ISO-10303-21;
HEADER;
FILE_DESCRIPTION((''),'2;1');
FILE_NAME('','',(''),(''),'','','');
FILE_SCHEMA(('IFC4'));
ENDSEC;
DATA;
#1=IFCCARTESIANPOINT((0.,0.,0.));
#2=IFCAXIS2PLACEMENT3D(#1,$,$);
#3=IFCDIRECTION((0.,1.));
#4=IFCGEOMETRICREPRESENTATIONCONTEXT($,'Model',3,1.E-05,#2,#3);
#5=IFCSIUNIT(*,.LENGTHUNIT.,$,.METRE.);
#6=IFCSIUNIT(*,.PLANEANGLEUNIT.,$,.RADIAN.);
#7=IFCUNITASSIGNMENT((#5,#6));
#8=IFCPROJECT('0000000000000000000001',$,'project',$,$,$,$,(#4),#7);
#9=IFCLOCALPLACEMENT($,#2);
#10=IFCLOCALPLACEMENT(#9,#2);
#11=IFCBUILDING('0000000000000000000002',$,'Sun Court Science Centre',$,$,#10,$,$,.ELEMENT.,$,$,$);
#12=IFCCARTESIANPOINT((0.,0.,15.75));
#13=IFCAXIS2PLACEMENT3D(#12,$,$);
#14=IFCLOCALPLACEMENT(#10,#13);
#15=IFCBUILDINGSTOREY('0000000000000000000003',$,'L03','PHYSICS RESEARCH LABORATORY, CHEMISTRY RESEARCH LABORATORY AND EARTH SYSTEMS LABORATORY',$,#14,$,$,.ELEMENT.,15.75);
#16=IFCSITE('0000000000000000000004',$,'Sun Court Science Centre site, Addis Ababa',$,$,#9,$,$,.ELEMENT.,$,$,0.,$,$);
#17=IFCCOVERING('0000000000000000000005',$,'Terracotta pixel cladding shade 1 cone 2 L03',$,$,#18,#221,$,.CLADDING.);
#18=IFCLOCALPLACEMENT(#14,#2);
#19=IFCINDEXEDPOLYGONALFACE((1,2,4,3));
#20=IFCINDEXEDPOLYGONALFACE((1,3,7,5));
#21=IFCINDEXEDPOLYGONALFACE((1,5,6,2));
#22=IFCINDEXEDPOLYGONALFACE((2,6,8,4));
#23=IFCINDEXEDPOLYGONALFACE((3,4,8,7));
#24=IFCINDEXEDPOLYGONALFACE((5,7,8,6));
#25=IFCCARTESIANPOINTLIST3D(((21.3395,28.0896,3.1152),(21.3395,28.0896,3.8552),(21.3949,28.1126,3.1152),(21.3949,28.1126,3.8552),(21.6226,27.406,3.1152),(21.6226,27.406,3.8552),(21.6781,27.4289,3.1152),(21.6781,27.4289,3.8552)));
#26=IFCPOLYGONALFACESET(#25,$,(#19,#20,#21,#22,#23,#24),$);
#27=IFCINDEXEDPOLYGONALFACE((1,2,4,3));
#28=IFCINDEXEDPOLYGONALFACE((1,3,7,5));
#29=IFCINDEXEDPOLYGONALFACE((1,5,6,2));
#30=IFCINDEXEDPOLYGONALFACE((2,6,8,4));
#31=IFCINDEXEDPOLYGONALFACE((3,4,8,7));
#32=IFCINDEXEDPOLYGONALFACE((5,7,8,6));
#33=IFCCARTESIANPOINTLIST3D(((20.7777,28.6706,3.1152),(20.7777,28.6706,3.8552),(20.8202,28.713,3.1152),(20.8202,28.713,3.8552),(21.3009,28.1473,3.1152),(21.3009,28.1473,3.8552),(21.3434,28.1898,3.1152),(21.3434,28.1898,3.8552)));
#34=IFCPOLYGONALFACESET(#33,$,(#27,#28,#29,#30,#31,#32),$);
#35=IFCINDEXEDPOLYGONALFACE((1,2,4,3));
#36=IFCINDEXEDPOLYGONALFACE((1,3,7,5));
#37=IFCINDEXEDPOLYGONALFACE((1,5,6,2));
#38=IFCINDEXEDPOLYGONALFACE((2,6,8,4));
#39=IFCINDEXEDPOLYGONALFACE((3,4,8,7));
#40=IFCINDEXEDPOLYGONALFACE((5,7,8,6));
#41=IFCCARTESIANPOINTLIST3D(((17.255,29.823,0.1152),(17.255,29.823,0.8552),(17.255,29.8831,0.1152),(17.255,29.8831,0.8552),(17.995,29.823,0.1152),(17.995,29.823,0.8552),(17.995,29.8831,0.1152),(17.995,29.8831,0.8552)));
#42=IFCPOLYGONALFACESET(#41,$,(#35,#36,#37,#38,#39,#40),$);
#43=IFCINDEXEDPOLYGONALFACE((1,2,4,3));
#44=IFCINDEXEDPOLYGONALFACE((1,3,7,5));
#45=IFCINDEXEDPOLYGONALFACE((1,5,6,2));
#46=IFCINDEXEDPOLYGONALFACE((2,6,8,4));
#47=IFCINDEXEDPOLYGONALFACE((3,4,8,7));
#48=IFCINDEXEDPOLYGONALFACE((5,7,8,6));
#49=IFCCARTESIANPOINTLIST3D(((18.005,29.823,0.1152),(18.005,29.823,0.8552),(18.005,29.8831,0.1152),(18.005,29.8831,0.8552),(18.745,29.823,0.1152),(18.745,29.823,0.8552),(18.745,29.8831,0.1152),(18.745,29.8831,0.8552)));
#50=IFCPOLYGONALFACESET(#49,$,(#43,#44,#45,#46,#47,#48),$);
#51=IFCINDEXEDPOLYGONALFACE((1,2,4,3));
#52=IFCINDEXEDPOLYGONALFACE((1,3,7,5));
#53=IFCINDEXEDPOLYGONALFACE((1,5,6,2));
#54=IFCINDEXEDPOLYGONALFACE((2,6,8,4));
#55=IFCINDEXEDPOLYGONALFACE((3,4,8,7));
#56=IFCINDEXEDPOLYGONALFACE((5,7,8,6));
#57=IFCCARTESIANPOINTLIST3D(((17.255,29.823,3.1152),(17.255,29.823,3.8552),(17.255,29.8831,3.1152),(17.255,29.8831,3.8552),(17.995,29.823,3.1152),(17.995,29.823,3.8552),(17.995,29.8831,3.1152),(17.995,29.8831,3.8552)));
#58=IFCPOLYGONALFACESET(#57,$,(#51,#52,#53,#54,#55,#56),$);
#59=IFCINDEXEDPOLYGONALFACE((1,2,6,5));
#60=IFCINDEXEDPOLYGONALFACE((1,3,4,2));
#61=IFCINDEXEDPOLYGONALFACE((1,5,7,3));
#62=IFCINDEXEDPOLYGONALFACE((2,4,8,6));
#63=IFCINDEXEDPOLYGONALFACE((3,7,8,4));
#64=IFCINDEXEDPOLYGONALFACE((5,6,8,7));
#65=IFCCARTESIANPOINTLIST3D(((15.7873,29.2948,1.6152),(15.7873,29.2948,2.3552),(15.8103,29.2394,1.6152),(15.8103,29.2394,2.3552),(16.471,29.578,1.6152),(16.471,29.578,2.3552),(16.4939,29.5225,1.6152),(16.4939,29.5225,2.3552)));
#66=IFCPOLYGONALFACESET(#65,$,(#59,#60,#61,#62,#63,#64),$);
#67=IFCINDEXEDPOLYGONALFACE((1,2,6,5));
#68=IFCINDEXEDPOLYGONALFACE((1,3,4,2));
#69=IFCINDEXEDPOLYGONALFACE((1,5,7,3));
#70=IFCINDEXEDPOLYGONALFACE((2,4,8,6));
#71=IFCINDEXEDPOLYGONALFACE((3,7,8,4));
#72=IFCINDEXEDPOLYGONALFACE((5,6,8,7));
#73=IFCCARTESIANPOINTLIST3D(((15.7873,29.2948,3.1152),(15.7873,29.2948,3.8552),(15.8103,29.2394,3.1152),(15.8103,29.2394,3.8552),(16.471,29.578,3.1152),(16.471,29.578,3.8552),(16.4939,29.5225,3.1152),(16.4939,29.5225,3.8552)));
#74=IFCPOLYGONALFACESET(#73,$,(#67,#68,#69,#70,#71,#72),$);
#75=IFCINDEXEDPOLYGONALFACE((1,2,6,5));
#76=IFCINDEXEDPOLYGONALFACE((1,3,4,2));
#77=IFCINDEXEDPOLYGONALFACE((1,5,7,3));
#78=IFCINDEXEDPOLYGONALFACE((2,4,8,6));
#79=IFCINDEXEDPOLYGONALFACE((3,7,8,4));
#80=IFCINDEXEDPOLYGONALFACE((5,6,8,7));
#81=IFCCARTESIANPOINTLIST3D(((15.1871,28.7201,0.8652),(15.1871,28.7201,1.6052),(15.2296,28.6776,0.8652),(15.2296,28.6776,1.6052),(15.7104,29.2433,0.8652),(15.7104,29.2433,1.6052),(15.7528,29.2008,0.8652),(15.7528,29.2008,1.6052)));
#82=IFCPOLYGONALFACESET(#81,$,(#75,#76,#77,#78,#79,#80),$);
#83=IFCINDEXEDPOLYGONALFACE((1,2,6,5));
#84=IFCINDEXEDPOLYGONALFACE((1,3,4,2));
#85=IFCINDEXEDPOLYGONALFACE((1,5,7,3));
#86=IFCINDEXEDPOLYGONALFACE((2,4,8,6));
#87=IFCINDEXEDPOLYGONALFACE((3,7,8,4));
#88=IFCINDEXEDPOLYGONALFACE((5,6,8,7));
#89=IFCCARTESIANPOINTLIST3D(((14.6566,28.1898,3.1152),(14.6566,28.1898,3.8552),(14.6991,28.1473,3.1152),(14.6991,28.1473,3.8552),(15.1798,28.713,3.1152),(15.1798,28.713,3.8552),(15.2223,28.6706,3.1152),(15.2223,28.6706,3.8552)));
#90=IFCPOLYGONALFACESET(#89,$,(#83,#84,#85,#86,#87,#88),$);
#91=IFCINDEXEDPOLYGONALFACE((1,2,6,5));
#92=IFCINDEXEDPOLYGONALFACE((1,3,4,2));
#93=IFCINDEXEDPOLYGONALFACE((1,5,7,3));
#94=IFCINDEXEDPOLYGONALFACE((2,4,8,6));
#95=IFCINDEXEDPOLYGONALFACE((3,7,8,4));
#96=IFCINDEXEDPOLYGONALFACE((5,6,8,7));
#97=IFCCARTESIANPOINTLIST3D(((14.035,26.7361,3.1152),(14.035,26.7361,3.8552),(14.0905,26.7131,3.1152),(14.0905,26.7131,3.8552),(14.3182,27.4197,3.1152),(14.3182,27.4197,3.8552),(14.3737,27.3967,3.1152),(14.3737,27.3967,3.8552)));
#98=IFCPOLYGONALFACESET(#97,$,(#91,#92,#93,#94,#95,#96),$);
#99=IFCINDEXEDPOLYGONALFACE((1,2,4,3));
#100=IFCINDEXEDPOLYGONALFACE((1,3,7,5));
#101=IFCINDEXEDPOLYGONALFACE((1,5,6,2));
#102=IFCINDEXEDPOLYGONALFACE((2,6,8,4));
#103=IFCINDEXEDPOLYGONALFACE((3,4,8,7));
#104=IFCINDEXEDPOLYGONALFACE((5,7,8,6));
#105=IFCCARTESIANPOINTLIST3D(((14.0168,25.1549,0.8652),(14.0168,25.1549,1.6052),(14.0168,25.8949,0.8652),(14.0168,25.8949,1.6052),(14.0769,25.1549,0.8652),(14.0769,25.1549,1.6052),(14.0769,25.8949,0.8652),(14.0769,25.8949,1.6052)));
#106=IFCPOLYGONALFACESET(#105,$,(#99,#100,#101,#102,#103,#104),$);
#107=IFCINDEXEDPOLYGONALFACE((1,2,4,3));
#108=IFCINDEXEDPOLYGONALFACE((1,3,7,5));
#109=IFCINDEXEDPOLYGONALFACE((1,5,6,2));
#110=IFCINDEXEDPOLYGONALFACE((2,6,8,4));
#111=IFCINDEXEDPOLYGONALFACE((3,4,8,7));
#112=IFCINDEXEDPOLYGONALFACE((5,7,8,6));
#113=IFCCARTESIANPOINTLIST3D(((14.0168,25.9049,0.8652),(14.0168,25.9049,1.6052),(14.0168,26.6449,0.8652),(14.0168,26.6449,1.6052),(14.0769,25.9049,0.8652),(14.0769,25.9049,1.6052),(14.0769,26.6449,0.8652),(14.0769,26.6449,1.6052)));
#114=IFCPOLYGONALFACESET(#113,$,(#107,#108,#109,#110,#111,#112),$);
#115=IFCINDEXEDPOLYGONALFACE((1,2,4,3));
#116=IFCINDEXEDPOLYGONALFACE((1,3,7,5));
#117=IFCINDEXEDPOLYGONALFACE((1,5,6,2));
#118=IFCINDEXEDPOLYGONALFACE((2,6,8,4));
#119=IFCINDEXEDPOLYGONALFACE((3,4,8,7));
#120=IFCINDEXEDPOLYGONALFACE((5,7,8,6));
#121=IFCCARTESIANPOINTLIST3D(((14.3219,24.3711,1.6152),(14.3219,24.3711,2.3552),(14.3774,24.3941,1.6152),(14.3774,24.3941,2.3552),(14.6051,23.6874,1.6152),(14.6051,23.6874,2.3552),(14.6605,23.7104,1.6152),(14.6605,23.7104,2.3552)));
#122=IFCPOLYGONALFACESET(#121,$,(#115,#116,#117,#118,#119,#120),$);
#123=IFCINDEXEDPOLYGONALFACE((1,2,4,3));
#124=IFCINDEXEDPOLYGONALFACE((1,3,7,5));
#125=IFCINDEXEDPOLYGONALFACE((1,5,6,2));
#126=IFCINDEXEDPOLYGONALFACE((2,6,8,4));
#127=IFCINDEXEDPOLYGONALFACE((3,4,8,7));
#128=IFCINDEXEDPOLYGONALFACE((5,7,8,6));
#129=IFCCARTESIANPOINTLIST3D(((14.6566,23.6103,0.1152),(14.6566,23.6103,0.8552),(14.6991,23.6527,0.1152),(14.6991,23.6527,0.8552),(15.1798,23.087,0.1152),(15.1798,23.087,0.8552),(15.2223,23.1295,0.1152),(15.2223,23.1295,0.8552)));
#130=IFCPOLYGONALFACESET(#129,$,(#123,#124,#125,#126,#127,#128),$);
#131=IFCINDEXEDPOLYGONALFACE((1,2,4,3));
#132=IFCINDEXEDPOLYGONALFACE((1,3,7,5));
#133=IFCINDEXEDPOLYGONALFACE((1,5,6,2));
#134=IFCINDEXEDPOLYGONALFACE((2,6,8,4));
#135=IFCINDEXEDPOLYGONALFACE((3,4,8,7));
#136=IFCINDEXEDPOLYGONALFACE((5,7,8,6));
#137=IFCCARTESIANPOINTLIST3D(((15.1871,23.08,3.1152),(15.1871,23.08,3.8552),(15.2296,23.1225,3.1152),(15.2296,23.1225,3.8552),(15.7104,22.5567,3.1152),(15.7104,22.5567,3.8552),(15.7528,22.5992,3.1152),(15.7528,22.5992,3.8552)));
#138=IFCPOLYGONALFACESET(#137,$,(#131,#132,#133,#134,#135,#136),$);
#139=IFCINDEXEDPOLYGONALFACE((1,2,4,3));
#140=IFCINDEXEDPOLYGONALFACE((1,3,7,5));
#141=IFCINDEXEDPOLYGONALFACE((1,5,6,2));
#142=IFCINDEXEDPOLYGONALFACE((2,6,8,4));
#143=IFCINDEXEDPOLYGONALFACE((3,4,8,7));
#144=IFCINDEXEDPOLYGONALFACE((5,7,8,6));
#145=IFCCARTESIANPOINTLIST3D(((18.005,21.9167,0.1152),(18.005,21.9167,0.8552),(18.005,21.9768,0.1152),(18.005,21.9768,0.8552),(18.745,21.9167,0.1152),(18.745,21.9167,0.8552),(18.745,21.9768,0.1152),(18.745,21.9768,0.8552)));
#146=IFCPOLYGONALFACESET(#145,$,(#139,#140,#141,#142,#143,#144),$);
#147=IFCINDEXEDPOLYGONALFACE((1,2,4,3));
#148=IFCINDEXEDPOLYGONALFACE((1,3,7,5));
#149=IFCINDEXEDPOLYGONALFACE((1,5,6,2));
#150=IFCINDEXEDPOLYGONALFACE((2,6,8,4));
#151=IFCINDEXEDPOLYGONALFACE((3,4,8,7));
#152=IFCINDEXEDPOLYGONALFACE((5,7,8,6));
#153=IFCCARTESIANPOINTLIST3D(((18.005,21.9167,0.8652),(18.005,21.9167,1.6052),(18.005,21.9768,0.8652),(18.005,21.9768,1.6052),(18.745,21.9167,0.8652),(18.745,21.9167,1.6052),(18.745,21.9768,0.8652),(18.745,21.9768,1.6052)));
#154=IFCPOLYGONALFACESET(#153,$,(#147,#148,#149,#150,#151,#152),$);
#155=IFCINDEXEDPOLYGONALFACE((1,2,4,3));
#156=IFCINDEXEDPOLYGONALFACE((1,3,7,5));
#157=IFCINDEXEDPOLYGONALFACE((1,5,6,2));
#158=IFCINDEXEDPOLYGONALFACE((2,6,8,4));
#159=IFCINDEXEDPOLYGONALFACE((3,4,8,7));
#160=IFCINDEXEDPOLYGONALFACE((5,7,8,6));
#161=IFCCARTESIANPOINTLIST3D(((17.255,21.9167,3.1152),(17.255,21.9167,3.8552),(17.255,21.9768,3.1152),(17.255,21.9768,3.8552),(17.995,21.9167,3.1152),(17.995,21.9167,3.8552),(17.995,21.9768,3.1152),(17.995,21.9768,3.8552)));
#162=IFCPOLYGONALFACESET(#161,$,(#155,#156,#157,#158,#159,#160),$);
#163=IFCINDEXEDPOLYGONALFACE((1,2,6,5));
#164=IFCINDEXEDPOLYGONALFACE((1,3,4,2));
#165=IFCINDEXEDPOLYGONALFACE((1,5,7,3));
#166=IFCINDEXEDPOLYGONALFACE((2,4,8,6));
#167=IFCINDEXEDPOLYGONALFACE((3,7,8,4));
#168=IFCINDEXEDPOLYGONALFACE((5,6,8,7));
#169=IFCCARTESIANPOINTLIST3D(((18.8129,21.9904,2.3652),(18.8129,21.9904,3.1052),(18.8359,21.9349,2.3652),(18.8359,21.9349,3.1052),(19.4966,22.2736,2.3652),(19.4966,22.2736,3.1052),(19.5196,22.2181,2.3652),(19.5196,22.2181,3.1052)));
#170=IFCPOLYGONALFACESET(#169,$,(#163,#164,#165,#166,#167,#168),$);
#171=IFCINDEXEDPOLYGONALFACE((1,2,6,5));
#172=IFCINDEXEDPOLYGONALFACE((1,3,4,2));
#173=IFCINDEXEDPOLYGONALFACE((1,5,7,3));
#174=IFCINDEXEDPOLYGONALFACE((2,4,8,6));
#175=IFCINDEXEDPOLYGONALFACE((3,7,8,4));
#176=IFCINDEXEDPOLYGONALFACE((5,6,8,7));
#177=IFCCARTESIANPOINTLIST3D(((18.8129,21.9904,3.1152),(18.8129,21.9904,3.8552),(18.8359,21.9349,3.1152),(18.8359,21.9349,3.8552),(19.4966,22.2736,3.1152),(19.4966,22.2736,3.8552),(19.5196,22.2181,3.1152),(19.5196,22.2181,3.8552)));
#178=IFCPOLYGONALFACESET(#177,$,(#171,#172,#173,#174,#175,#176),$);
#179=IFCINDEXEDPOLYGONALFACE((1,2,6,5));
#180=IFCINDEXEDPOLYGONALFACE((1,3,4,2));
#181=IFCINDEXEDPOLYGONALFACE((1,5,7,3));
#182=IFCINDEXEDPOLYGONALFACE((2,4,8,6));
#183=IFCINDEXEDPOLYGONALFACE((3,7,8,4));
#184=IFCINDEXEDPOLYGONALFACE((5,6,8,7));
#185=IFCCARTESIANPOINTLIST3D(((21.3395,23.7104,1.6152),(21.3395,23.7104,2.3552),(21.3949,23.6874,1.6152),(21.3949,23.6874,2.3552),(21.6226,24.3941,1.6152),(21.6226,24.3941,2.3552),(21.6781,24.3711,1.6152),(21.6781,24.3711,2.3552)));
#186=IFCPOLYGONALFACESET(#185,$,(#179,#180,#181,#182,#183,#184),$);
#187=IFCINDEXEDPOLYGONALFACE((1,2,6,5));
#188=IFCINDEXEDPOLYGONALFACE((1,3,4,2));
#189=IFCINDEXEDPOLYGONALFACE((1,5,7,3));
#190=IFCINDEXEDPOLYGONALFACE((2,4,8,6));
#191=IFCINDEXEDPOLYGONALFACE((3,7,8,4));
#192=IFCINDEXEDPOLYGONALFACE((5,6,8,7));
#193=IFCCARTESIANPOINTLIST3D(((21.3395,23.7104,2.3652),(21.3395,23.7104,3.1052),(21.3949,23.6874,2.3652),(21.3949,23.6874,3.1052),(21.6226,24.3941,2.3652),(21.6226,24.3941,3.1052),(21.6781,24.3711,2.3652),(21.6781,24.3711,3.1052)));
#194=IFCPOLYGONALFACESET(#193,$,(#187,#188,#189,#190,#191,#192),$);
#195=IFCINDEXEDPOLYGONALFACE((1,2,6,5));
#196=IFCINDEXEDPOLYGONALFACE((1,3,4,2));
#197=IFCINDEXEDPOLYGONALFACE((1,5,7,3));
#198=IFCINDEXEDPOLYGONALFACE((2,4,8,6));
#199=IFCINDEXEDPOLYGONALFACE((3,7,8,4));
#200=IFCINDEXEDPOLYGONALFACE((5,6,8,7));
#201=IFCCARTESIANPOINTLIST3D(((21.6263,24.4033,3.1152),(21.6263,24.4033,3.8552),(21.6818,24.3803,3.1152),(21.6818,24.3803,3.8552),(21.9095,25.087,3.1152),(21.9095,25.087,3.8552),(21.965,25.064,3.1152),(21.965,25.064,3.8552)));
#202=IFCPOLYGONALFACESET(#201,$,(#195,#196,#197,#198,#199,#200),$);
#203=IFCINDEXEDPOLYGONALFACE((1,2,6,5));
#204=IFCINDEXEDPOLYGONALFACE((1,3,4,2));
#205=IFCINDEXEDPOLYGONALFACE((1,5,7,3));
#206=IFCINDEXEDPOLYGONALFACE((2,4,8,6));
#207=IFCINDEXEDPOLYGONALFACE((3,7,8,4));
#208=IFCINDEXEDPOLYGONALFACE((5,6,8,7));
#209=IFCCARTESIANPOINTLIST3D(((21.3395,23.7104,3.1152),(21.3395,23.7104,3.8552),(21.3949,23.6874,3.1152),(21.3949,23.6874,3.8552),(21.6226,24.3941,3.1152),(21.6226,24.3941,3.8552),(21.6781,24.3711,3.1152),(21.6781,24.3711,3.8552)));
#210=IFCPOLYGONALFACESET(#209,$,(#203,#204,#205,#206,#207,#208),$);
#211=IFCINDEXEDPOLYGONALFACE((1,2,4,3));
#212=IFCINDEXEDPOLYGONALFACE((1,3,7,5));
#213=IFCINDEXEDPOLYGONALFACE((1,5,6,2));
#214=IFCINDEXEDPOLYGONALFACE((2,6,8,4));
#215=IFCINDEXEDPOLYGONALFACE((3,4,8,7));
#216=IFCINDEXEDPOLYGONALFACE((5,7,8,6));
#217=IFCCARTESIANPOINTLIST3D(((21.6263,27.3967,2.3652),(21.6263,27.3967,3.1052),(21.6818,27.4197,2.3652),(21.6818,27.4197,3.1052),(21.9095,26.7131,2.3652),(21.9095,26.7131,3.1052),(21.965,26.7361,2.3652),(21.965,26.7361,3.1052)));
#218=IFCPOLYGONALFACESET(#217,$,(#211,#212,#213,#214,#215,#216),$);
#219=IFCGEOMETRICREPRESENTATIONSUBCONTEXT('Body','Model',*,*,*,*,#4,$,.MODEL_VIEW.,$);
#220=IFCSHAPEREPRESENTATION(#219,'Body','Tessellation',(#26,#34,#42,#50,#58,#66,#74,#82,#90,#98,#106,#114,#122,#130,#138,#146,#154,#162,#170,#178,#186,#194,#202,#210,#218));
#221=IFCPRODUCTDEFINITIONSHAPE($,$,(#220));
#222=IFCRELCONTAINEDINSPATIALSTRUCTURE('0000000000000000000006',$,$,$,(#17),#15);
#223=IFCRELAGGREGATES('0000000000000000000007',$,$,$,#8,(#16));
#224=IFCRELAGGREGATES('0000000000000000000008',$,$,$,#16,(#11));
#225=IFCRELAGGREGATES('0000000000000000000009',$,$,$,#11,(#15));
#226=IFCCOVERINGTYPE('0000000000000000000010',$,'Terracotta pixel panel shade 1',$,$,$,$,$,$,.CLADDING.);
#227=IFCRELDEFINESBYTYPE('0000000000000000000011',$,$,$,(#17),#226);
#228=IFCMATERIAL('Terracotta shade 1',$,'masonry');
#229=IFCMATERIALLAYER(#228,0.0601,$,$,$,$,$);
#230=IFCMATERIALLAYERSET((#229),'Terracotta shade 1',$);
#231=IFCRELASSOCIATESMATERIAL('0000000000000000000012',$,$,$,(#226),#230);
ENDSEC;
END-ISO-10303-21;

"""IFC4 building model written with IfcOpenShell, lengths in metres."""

from ifc_helpers import new_model, si_unit, direction, frame, origin, origin_2d, place, context, subcontext, project, spatial, rectangle, extrude, material, layer, layer_set, type_object, element, save


model = new_model("IFC4")

# Units and contexts
model_context = context("Model", 3, precision=1e-05, world=origin(), true_north=direction((0.0, 1.0)))
body_context = subcontext(model_context, "Body", "Model", "MODEL_VIEW")
ifc_project = project(units=[si_unit("LENGTHUNIT", "METRE"), si_unit("PLANEANGLEUNIT", "RADIAN")], contexts=[model_context])

# Site, building, storey
site_placement = place(None, origin())
site = spatial("IfcSite", under=ifc_project, at=site_placement, Name="Sun Court Science Centre site, Addis Ababa", CompositionType="ELEMENT", RefElevation=0.0)
building_placement = place(site_placement, origin())
building = spatial("IfcBuilding", under=site, at=building_placement, Name="Sun Court Science Centre", CompositionType="ELEMENT")
storey_placement = place(building_placement, frame((0.0, 0.0, 15.75)))
storey = spatial("IfcBuildingStorey", under=building, at=storey_placement, Name="L03", Description="PHYSICS RESEARCH LABORATORY, CHEMISTRY RESEARCH LABORATORY AND EARTH SYSTEMS LABORATORY", CompositionType="ELEMENT", Elevation=15.75)

# Covering
ifc_material_1 = material(Name="Terracotta shade 1", Category="masonry")
ifc_layer_1 = layer(ifc_material_1, 0.0601)
ifc_layer_set_1 = layer_set([ifc_layer_1], Name="Terracotta shade 1")
covering_type_1 = type_object("IfcCoveringType", Name="Terracotta pixel panel shade 1", PredefinedType="CLADDING", material=ifc_layer_set_1)
covering_1_placement = place(storey_placement, frame((0.0, 0.0, -15.75)))
element("IfcCovering", 1, at=covering_1_placement, inside=storey, type_object=covering_type_1, Name="Terracotta pixel cladding shade 1 cone 2 L03", PredefinedType="CLADDING", context=body_context, shape_type="SweptSolid", body=[
    extrude(rectangle(XDim=0.74, YDim=0.0601, at=origin_2d()), frame((21.5088, 27.7593, 18.8652), z_axis=(0.0, 0.0, 1.0), x_axis=(0.382683, -0.92388, 0.0)), (0.0, 0.0, 1.0), 0.74),
    extrude(rectangle(XDim=0.74, YDim=0.0601, at=origin_2d()), frame((21.0605, 28.4302, 18.8652), z_axis=(0.0, 0.0, 1.0), x_axis=(0.707107, -0.707107, 0.0)), (0.0, 0.0, 1.0), 0.74),
    extrude(rectangle(XDim=0.74, YDim=0.0601, at=origin_2d()), frame((17.625, 29.853, 15.8652), z_axis=(0.0, 0.0, 1.0), x_axis=(1.0, 0.0, 0.0)), (0.0, 0.0, 1.0), 0.74),
    extrude(rectangle(XDim=0.74, YDim=0.0601, at=origin_2d()), frame((18.375, 29.853, 15.8652), z_axis=(0.0, 0.0, 1.0), x_axis=(1.0, 0.0, 0.0)), (0.0, 0.0, 1.0), 0.74),
    extrude(rectangle(XDim=0.74, YDim=0.0601, at=origin_2d()), frame((17.625, 29.853, 18.8652), z_axis=(0.0, 0.0, 1.0), x_axis=(1.0, 0.0, 0.0)), (0.0, 0.0, 1.0), 0.74),
    extrude(rectangle(XDim=0.74, YDim=0.0601, at=origin_2d()), frame((16.1406, 29.4087, 17.3652), z_axis=(0.0, 0.0, 1.0), x_axis=(0.92388, 0.382683, 0.0)), (0.0, 0.0, 1.0), 0.74),
    extrude(rectangle(XDim=0.74, YDim=0.0601, at=origin_2d()), frame((16.1406, 29.4087, 18.8652), z_axis=(0.0, 0.0, 1.0), x_axis=(0.92388, 0.382683, 0.0)), (0.0, 0.0, 1.0), 0.74),
    extrude(rectangle(XDim=0.74, YDim=0.0601, at=origin_2d()), frame((15.47, 28.9604, 16.6152), z_axis=(0.0, 0.0, 1.0), x_axis=(0.707107, 0.707107, 0.0)), (0.0, 0.0, 1.0), 0.74),
    extrude(rectangle(XDim=0.74, YDim=0.0601, at=origin_2d()), frame((14.9395, 28.4302, 18.8652), z_axis=(0.0, 0.0, 1.0), x_axis=(0.707107, 0.707107, 0.0)), (0.0, 0.0, 1.0), 0.74),
    extrude(rectangle(XDim=0.74, YDim=0.0601, at=origin_2d()), frame((14.2043, 27.0664, 18.8652), z_axis=(0.0, 0.0, 1.0), x_axis=(0.382683, 0.92388, 0.0)), (0.0, 0.0, 1.0), 0.74),
    extrude(rectangle(XDim=0.74, YDim=0.0601, at=origin_2d()), frame((14.0469, 25.5249, 16.6152), z_axis=(0.0, 0.0, 1.0), x_axis=(0.0, 1.0, 0.0)), (0.0, 0.0, 1.0), 0.74),
    extrude(rectangle(XDim=0.74, YDim=0.0601, at=origin_2d()), frame((14.0469, 26.2749, 16.6152), z_axis=(0.0, 0.0, 1.0), x_axis=(0.0, 1.0, 0.0)), (0.0, 0.0, 1.0), 0.74),
    extrude(rectangle(XDim=0.74, YDim=0.0601, at=origin_2d()), frame((14.4912, 24.0408, 17.3652), z_axis=(0.0, 0.0, 1.0), x_axis=(-0.382683, 0.92388, 0.0)), (0.0, 0.0, 1.0), 0.74),
    extrude(rectangle(XDim=0.74, YDim=0.0601, at=origin_2d()), frame((14.9395, 23.3699, 15.8652), z_axis=(0.0, 0.0, 1.0), x_axis=(-0.707107, 0.707107, 0.0)), (0.0, 0.0, 1.0), 0.74),
    extrude(rectangle(XDim=0.74, YDim=0.0601, at=origin_2d()), frame((15.47, 22.8396, 18.8652), z_axis=(0.0, 0.0, 1.0), x_axis=(-0.707107, 0.707107, 0.0)), (0.0, 0.0, 1.0), 0.74),
    extrude(rectangle(XDim=0.74, YDim=0.0601, at=origin_2d()), frame((18.375, 21.9468, 15.8652), z_axis=(0.0, 0.0, 1.0), x_axis=(-1.0, 0.0, 0.0)), (0.0, 0.0, 1.0), 0.74),
    extrude(rectangle(XDim=0.74, YDim=0.0601, at=origin_2d()), frame((18.375, 21.9468, 16.6152), z_axis=(0.0, 0.0, 1.0), x_axis=(-1.0, 0.0, 0.0)), (0.0, 0.0, 1.0), 0.74),
    extrude(rectangle(XDim=0.74, YDim=0.0601, at=origin_2d()), frame((17.625, 21.9468, 18.8652), z_axis=(0.0, 0.0, 1.0), x_axis=(-1.0, 0.0, 0.0)), (0.0, 0.0, 1.0), 0.74),
    extrude(rectangle(XDim=0.74, YDim=0.0601, at=origin_2d()), frame((19.1663, 22.1042, 18.1152), z_axis=(0.0, 0.0, 1.0), x_axis=(-0.92388, -0.382683, 0.0)), (0.0, 0.0, 1.0), 0.74),
    extrude(rectangle(XDim=0.74, YDim=0.0601, at=origin_2d()), frame((19.1663, 22.1042, 18.8652), z_axis=(0.0, 0.0, 1.0), x_axis=(-0.92388, -0.382683, 0.0)), (0.0, 0.0, 1.0), 0.74),
    extrude(rectangle(XDim=0.74, YDim=0.0601, at=origin_2d()), frame((21.5088, 24.0408, 17.3652), z_axis=(0.0, 0.0, 1.0), x_axis=(-0.382683, -0.92388, 0.0)), (0.0, 0.0, 1.0), 0.74),
    extrude(rectangle(XDim=0.74, YDim=0.0601, at=origin_2d()), frame((21.5088, 24.0408, 18.1152), z_axis=(0.0, 0.0, 1.0), x_axis=(-0.382683, -0.92388, 0.0)), (0.0, 0.0, 1.0), 0.74),
    extrude(rectangle(XDim=0.74, YDim=0.0601, at=origin_2d()), frame((21.7957, 24.7336, 18.8652), z_axis=(0.0, 0.0, 1.0), x_axis=(-0.382683, -0.92388, 0.0)), (0.0, 0.0, 1.0), 0.74),
    extrude(rectangle(XDim=0.74, YDim=0.0601, at=origin_2d()), frame((21.5088, 24.0408, 18.8652), z_axis=(0.0, 0.0, 1.0), x_axis=(-0.382683, -0.92388, 0.0)), (0.0, 0.0, 1.0), 0.74),
    extrude(rectangle(XDim=0.74, YDim=0.0601, at=origin_2d()), frame((21.7957, 27.0664, 18.1152), z_axis=(0.0, 0.0, 1.0), x_axis=(0.382683, -0.92388, 0.0)), (0.0, 0.0, 1.0), 0.74),
])

save(model, "model.ifc")
